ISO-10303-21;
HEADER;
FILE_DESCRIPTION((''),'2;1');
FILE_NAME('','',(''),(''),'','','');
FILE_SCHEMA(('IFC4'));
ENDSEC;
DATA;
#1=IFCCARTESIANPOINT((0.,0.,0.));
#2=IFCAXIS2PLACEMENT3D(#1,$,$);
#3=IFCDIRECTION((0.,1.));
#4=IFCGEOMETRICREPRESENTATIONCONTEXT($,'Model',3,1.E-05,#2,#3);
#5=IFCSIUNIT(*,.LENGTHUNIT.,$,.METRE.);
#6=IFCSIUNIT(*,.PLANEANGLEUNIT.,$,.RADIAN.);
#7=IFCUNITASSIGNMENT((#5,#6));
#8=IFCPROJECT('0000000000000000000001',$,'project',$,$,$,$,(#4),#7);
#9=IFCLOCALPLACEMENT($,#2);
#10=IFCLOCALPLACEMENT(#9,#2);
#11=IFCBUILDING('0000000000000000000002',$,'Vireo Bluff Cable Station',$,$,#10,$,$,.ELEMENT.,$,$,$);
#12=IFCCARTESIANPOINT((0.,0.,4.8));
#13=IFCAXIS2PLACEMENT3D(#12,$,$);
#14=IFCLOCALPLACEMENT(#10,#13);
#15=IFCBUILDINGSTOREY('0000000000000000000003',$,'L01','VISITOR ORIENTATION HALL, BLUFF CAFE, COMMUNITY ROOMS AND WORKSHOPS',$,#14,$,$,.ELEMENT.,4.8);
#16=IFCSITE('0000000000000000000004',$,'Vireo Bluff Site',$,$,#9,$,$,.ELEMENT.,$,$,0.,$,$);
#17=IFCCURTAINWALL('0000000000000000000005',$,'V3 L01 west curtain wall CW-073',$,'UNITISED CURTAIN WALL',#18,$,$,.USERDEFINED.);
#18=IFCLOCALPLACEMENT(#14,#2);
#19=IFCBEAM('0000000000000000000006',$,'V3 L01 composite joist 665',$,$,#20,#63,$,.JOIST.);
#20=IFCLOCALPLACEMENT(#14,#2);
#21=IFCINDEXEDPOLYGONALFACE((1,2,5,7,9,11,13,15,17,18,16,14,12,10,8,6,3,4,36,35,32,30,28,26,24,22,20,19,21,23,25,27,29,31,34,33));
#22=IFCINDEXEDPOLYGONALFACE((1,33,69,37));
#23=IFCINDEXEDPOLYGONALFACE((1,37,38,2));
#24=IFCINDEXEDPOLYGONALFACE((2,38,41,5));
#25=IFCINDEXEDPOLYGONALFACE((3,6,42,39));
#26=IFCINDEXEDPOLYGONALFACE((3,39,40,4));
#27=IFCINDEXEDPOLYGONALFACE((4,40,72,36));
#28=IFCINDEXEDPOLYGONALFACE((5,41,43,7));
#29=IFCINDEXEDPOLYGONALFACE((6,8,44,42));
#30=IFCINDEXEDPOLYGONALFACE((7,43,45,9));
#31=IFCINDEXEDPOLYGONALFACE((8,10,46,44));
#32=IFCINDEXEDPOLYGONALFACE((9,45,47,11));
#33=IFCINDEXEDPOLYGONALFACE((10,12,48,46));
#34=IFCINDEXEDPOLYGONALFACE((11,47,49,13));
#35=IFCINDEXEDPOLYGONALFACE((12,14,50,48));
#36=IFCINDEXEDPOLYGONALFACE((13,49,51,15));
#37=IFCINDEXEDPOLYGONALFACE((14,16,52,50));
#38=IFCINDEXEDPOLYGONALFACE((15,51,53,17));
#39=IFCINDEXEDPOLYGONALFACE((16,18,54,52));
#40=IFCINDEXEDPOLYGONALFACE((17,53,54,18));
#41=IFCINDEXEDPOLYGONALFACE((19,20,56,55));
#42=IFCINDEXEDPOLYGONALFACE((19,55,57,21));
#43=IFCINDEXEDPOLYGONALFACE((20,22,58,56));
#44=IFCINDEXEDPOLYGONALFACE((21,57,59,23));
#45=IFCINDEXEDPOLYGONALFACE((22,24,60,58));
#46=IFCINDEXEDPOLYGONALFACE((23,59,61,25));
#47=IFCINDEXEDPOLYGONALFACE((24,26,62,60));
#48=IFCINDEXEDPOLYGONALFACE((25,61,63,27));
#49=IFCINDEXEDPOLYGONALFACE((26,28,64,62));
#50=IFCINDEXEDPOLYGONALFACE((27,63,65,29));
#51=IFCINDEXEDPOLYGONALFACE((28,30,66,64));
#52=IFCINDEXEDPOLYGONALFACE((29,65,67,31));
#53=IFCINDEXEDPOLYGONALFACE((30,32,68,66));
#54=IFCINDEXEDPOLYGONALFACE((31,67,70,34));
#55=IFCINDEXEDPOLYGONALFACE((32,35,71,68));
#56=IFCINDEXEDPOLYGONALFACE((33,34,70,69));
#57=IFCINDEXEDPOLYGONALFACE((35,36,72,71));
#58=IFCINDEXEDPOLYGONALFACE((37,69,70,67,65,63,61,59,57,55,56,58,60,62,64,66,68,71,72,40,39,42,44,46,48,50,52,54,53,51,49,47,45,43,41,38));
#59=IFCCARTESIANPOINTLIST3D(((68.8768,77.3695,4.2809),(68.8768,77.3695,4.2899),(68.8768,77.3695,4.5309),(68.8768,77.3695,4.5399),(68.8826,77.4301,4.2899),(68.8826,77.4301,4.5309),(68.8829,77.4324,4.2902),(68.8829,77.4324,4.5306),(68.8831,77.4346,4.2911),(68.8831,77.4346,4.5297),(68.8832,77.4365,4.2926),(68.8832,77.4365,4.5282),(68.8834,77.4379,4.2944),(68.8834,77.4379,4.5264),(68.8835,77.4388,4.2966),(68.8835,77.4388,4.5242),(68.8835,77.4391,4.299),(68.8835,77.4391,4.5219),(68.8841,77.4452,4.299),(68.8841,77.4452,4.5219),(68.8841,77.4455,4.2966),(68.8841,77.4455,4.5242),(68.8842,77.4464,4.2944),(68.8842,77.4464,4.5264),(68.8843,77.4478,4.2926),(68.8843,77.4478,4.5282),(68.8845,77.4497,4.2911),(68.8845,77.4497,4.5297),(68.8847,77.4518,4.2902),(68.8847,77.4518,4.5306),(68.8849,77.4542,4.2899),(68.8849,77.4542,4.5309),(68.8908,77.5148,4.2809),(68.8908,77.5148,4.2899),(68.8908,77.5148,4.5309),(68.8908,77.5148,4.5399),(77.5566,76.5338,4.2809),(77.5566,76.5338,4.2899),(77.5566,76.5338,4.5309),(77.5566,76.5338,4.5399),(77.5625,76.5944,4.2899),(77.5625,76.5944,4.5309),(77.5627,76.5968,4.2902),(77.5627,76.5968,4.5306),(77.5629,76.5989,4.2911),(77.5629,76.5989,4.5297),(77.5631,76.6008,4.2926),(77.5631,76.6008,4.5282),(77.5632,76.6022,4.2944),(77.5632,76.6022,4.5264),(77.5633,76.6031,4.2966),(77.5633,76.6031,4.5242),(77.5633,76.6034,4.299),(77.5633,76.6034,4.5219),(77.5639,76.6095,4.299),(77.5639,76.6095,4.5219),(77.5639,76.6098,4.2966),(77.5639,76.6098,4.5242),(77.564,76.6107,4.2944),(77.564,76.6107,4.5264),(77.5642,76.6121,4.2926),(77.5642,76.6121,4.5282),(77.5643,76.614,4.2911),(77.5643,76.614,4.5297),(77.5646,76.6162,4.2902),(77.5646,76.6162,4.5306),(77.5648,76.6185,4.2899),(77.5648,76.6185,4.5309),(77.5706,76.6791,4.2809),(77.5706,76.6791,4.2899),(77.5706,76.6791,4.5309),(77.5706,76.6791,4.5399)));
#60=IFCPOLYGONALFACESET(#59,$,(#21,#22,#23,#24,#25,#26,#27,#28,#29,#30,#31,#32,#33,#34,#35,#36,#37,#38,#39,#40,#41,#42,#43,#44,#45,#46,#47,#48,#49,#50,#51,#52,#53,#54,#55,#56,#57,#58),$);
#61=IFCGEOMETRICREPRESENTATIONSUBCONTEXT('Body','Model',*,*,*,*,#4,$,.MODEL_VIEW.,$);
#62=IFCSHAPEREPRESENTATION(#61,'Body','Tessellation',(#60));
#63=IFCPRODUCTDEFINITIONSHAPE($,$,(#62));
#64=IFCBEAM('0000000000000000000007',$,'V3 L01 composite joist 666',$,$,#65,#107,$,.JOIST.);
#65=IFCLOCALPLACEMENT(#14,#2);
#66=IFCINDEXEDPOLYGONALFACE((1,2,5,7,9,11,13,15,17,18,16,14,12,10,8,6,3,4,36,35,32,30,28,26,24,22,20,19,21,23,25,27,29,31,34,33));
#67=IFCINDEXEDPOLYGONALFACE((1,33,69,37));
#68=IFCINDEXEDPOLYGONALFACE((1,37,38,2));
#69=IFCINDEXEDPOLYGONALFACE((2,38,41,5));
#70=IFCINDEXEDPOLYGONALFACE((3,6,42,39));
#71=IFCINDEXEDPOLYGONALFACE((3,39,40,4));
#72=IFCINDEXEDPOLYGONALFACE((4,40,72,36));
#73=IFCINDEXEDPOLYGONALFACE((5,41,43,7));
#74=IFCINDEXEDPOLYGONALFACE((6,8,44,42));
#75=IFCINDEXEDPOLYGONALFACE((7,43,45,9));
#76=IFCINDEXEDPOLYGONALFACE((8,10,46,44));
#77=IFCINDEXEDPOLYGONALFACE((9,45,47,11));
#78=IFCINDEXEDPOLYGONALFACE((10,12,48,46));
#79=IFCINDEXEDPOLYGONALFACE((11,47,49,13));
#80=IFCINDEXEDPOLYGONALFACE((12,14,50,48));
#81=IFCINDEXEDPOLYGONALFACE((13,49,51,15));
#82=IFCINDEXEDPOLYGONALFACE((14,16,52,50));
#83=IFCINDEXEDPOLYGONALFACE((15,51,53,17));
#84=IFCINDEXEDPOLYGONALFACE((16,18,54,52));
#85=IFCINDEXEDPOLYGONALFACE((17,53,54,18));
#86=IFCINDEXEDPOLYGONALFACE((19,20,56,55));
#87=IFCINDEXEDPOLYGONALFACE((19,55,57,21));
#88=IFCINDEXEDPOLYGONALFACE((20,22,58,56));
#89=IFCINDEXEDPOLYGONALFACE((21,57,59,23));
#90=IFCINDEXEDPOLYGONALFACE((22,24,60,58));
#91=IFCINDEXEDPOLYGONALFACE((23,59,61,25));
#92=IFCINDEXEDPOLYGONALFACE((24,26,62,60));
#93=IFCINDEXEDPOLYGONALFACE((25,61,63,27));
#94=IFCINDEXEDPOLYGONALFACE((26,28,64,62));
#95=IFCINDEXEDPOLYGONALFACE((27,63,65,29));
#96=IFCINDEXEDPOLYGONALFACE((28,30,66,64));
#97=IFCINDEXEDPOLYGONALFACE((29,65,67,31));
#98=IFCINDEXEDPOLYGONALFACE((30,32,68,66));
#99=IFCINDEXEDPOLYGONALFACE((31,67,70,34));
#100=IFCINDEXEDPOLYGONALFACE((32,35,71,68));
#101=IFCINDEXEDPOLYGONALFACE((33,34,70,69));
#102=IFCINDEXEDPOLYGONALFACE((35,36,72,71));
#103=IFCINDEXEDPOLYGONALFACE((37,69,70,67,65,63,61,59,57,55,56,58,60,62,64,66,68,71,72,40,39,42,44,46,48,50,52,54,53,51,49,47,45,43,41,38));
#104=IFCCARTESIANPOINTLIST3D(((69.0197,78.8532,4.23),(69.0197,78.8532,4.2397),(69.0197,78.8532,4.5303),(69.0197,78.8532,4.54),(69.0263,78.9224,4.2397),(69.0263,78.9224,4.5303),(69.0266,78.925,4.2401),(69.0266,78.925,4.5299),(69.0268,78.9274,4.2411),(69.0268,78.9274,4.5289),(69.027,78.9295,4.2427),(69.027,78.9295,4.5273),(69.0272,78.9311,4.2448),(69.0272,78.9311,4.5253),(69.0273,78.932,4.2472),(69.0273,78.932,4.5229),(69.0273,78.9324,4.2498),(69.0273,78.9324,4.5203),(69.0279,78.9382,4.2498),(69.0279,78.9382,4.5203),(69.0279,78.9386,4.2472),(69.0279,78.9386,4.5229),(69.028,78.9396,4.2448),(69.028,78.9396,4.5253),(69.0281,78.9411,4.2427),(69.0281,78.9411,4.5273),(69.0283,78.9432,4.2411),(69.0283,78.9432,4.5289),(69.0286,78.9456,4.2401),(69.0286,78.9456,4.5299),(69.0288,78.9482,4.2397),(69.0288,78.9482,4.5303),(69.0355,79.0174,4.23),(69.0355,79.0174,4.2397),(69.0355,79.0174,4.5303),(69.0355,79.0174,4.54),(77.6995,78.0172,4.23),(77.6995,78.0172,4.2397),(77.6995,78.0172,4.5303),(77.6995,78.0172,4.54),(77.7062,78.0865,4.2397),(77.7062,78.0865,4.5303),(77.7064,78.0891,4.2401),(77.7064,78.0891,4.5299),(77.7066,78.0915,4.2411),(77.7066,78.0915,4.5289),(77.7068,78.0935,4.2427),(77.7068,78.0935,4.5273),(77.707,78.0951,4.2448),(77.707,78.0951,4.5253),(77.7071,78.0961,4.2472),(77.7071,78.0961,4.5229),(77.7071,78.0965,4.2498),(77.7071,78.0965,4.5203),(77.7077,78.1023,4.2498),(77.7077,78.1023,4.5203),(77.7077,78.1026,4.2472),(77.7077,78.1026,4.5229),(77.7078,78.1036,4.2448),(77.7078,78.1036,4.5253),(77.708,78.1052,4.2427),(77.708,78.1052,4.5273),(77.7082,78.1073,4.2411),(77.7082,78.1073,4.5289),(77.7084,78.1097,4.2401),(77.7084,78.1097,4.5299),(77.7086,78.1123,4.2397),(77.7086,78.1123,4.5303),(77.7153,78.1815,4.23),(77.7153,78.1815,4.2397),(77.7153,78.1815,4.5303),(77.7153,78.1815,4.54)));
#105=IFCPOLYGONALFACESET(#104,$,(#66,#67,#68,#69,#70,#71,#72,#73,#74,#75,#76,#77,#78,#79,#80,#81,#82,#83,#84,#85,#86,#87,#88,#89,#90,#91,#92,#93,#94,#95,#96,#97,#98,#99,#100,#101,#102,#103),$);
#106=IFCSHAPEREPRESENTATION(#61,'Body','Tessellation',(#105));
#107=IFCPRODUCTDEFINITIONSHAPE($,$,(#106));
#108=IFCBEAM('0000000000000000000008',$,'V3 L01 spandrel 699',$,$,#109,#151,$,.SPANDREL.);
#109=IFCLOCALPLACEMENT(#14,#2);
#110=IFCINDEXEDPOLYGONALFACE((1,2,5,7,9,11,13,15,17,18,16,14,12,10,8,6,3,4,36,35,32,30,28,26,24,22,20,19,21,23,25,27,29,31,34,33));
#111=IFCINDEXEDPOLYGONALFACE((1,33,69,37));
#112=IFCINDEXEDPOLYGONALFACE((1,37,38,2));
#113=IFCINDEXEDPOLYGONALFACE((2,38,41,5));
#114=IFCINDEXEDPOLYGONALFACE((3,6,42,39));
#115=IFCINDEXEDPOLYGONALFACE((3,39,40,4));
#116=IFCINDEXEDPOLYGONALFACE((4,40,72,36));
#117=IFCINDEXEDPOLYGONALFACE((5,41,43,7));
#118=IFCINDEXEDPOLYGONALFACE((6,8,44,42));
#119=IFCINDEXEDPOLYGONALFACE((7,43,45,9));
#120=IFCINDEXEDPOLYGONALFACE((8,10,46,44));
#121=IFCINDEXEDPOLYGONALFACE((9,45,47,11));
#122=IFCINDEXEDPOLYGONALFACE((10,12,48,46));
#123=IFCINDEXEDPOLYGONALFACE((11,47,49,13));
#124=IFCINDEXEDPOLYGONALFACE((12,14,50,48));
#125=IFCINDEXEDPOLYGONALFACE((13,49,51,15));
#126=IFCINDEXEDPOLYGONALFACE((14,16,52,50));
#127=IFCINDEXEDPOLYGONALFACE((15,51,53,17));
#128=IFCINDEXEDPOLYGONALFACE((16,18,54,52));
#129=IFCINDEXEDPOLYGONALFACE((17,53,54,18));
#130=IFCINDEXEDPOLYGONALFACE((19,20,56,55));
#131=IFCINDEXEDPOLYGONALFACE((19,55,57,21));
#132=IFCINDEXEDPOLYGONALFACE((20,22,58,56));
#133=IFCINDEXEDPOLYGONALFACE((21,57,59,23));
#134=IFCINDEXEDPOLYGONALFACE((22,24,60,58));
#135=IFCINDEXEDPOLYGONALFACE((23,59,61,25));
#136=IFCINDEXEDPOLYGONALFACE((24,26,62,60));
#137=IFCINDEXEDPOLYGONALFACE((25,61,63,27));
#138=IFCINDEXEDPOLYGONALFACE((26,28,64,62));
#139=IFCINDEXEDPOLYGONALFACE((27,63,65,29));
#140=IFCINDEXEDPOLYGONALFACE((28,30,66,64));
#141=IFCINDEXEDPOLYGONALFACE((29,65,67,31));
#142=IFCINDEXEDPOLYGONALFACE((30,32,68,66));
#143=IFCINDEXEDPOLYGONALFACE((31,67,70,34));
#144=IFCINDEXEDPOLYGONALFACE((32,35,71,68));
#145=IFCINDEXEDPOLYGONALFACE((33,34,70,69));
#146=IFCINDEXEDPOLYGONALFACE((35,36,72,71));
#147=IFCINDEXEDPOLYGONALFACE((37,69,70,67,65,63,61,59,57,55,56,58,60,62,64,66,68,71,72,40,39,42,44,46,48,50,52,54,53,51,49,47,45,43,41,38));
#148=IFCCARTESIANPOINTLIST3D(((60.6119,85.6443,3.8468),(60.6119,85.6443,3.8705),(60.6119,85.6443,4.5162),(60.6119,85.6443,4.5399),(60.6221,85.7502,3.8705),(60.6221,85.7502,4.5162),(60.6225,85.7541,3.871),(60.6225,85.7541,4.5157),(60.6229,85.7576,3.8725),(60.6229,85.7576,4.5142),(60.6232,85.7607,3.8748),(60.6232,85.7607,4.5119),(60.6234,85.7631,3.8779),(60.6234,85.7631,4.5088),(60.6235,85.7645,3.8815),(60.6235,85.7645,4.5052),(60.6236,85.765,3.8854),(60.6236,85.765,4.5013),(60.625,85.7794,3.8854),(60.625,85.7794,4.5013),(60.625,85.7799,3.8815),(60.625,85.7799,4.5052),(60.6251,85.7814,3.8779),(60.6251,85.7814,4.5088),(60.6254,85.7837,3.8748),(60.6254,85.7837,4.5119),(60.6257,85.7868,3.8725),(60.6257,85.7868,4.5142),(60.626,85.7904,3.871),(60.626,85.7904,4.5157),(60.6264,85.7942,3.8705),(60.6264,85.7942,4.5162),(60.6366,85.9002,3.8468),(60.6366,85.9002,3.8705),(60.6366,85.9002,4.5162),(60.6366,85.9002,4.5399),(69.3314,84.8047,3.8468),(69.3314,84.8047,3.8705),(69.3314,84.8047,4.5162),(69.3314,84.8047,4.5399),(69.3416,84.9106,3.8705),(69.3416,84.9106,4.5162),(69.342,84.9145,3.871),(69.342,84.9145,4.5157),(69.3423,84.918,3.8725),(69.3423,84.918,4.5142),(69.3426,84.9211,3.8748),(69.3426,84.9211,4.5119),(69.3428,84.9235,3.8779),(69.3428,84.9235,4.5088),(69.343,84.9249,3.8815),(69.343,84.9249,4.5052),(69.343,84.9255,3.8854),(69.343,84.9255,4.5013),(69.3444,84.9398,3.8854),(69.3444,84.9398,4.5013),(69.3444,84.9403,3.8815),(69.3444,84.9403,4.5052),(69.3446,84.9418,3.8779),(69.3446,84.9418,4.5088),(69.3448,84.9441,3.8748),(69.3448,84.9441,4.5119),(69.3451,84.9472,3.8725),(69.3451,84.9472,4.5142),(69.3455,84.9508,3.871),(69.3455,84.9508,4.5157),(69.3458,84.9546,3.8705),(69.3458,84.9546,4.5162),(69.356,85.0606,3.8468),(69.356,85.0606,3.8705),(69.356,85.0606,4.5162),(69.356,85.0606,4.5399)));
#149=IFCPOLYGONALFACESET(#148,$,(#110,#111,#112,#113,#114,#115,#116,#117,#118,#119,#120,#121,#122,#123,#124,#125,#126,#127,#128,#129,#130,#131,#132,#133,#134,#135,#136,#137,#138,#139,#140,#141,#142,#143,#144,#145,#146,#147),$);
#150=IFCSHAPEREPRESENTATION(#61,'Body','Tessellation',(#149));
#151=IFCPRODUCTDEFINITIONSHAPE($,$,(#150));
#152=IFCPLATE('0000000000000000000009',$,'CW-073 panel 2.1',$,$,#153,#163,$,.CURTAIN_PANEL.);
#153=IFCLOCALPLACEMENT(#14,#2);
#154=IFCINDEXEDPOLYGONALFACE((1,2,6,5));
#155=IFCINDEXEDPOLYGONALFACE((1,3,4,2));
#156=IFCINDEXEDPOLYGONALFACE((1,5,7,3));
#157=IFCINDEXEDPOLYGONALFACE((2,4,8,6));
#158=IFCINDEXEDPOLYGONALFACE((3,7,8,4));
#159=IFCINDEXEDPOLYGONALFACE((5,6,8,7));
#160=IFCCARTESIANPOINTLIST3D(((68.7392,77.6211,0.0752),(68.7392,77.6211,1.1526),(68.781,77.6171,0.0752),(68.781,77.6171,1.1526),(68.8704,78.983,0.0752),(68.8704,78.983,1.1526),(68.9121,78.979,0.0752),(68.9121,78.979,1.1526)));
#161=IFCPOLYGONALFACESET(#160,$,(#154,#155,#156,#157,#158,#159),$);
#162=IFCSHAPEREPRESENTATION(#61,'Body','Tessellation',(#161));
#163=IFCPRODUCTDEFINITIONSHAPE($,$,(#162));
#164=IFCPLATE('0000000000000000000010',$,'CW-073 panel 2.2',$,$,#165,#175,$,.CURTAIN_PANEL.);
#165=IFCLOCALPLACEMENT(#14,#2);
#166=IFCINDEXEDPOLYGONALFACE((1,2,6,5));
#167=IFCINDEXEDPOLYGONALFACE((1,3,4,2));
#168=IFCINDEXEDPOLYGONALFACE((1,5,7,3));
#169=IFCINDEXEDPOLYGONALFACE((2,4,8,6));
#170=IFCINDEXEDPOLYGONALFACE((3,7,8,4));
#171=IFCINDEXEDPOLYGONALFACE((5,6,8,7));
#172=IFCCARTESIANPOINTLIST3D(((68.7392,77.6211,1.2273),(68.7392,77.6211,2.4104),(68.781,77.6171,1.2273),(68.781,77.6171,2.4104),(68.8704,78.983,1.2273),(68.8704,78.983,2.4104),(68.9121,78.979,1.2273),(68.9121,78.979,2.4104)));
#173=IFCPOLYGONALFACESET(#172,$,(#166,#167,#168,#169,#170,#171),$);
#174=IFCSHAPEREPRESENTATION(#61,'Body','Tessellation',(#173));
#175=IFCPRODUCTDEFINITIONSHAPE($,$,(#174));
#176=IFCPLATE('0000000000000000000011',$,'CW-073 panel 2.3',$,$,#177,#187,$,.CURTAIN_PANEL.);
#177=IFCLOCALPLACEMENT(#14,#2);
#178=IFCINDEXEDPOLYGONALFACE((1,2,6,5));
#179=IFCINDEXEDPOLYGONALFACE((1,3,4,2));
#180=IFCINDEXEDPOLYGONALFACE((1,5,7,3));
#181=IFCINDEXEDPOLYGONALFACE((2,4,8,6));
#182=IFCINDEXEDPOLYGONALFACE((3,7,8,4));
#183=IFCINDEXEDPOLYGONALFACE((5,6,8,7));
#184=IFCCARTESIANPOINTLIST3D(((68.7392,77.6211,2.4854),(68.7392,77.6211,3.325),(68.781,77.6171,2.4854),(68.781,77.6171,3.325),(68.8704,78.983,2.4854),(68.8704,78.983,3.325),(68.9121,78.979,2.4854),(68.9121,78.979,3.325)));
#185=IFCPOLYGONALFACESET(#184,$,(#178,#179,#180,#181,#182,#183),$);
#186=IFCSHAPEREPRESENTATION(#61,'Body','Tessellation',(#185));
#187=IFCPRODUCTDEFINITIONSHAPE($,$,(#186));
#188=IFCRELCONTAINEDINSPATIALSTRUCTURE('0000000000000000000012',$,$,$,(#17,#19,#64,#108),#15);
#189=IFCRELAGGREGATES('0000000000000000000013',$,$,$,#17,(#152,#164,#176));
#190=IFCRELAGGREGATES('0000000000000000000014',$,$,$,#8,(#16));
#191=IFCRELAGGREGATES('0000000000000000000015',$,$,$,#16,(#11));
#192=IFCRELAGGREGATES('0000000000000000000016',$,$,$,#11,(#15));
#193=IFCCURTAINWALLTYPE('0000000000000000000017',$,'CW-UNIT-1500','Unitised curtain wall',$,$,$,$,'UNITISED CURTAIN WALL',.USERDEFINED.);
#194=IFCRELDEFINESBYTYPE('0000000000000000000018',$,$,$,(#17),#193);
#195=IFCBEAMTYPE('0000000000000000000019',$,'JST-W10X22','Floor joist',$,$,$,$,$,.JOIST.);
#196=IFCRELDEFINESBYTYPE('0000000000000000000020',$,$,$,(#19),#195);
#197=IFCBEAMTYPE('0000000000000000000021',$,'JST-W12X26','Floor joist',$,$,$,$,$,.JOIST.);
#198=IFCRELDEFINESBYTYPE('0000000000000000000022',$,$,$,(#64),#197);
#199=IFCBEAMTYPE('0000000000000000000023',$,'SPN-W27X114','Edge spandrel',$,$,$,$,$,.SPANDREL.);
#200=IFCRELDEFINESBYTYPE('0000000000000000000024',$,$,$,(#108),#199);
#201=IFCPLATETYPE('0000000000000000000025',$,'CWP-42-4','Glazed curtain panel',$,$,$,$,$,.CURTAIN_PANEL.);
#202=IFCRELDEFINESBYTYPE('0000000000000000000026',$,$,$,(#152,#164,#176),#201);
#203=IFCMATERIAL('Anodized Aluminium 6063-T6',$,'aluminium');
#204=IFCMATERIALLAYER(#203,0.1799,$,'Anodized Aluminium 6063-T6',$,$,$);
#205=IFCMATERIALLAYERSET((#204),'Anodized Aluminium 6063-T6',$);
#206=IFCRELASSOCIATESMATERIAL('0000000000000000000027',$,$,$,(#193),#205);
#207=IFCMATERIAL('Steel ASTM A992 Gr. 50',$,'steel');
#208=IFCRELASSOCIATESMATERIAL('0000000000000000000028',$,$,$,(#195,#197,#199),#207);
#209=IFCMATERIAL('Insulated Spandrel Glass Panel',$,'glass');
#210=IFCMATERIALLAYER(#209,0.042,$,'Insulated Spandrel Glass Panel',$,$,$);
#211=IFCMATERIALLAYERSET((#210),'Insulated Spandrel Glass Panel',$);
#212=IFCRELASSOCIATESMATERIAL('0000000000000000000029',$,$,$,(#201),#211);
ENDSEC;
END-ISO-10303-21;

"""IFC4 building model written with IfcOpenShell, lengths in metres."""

from ifc_helpers import new_model, si_unit, direction, frame, origin, origin_2d, place, context, subcontext, project, spatial, rectangle, i_section, extrude, material, layer, layer_set, material_profile, profile_set, type_object, element, aggregate, save


model = new_model("IFC4")

# Units and contexts
model_context = context("Model", 3, precision=1e-05, world=origin(), true_north=direction((0.0, 1.0)))
body_context = subcontext(model_context, "Body", "Model", "MODEL_VIEW")
ifc_project = project(units=[si_unit("LENGTHUNIT", "METRE"), si_unit("PLANEANGLEUNIT", "RADIAN")], contexts=[model_context])

# Site, building, storey
site_placement = place(None, origin())
site = spatial("IfcSite", under=ifc_project, at=site_placement, Name="Vireo Bluff Site", CompositionType="ELEMENT", RefElevation=0.0)
building_placement = place(site_placement, origin())
building = spatial("IfcBuilding", under=site, at=building_placement, Name="Vireo Bluff Cable Station", CompositionType="ELEMENT")
storey_placement = place(building_placement, frame((0.0, 0.0, 4.8)))
storey = spatial("IfcBuildingStorey", under=building, at=storey_placement, Name="L01", Description="VISITOR ORIENTATION HALL, BLUFF CAFE, COMMUNITY ROOMS AND WORKSHOPS", CompositionType="ELEMENT", Elevation=4.8)

# Curtain wall
ifc_material_1 = material(Name="Anodized Aluminium 6063-T6", Category="aluminium")
ifc_layer_1 = layer(ifc_material_1, 0.1799, Name="Anodized Aluminium 6063-T6")
ifc_layer_set_1 = layer_set([ifc_layer_1], Name="Anodized Aluminium 6063-T6")
curtain_wall_type = type_object("IfcCurtainWallType", Name="CW-UNIT-1500", Description="Unitised curtain wall", ElementType="UNITISED CURTAIN WALL", PredefinedType="USERDEFINED", material=ifc_layer_set_1)
curtain_wall_placement = place(storey_placement, origin())
curtain_wall = element("IfcCurtainWall", 1, at=curtain_wall_placement, inside=storey, type_object=curtain_wall_type, Name="V3 L01 west curtain wall CW-073", ObjectType="UNITISED CURTAIN WALL", PredefinedType="USERDEFINED")

# Beams
ifc_material_2 = material(Name="Steel ASTM A992 Gr. 50", Category="steel")
ifc_material_profile_1 = material_profile(ifc_material_2, i_section(OverallWidth=0.146, OverallDepth=0.259, WebThickness=0.0061, FlangeThickness=0.009, FilletRadius=0.009, at=origin_2d()), Name="W10X22")
ifc_profile_set_1 = profile_set([ifc_material_profile_1], Name="Steel ASTM A992 Gr. 50")
beam_type_1 = type_object("IfcBeamType", Name="JST-W10X22", Description="Floor joist", PredefinedType="JOIST", material=ifc_profile_set_1)
beam_1_placement = place(storey_placement, frame((68.8838, 77.4421, 4.4104), z_axis=(0.995397, -0.095836, 0.0), x_axis=(0.095836, 0.995397, 0.0)))
element("IfcBeam", 2, at=beam_1_placement, inside=storey, type_object=beam_type_1, Name="V3 L01 composite joist 665", PredefinedType="JOIST", context=body_context, shape_type="SweptSolid", body=[
    extrude(i_section(OverallWidth=0.146, OverallDepth=0.259, WebThickness=0.0061, FlangeThickness=0.009, FilletRadius=0.009, at=origin_2d()), origin(), (0.0, 0.0, 1.0), 8.72),
])
ifc_material_profile_2 = material_profile(ifc_material_2, i_section(OverallWidth=0.165, OverallDepth=0.3101, WebThickness=0.0059, FlangeThickness=0.0098, FilletRadius=0.01, at=origin_2d()), Name="W12X26")
ifc_profile_set_2 = profile_set([ifc_material_profile_2], Name="Steel ASTM A992 Gr. 50")
beam_type_2 = type_object("IfcBeamType", Name="JST-W12X26", Description="Floor joist", PredefinedType="JOIST", material=ifc_profile_set_2)
beam_2_placement = place(storey_placement, frame((69.0276, 78.9353, 4.385), z_axis=(0.995395, -0.095863, 0.0), x_axis=(0.095863, 0.995395, 0.0)))
element("IfcBeam", 3, at=beam_2_placement, inside=storey, type_object=beam_type_2, Name="V3 L01 composite joist 666", PredefinedType="JOIST", context=body_context, shape_type="SweptSolid", body=[
    extrude(i_section(OverallWidth=0.165, OverallDepth=0.3101, WebThickness=0.0059, FlangeThickness=0.0098, FilletRadius=0.01, at=origin_2d()), origin(), (0.0, 0.0, 1.0), 8.72),
])
ifc_material_profile_3 = material_profile(ifc_material_2, i_section(OverallWidth=0.2571, OverallDepth=0.6931, WebThickness=0.0144, FlangeThickness=0.0237, FilletRadius=0.0149, at=origin_2d()), Name="W27X114")
ifc_profile_set_3 = profile_set([ifc_material_profile_3], Name="Steel ASTM A992 Gr. 50")
beam_type_3 = type_object("IfcBeamType", Name="SPN-W27X114", Description="Edge spandrel", PredefinedType="SPANDREL", material=ifc_profile_set_3)
beam_3_placement = place(storey_placement, frame((60.6243, 85.7722, 4.1934), z_axis=(0.995396, -0.095847, 0.0), x_axis=(0.095847, 0.995396, 0.0)))
element("IfcBeam", 4, at=beam_3_placement, inside=storey, type_object=beam_type_3, Name="V3 L01 spandrel 699", PredefinedType="SPANDREL", context=body_context, shape_type="SweptSolid", body=[
    extrude(i_section(OverallWidth=0.2571, OverallDepth=0.6931, WebThickness=0.0144, FlangeThickness=0.0237, FilletRadius=0.0149, at=origin_2d()), origin(), (0.0, 0.0, 1.0), 8.7598),
])

# Plates
ifc_material_3 = material(Name="Insulated Spandrel Glass Panel", Category="glass")
ifc_layer_2 = layer(ifc_material_3, 0.042, Name="Insulated Spandrel Glass Panel")
ifc_layer_set_2 = layer_set([ifc_layer_2], Name="Insulated Spandrel Glass Panel")
plate_type_1 = type_object("IfcPlateType", Name="CWP-42-4", Description="Glazed curtain panel", PredefinedType="CURTAIN_PANEL", material=ifc_layer_set_2)
plate_1_placement = place(storey_placement, frame((68.8257, 78.3, 0.0752), z_axis=(0.0, 0.0, 1.0), x_axis=(0.095846, 0.995396, 0.0)))
plate_1 = element("IfcPlate", 5, at=plate_1_placement, type_object=plate_type_1, Name="CW-073 panel 2.1", PredefinedType="CURTAIN_PANEL", context=body_context, shape_type="SweptSolid", body=[
    extrude(rectangle(XDim=1.3682, YDim=0.042, at=origin_2d()), origin(), (0.0, 0.0, 1.0), 1.0774),
])
plate_2_placement = place(storey_placement, frame((68.8257, 78.3, 1.2273), z_axis=(0.0, 0.0, 1.0), x_axis=(0.095846, 0.995396, 0.0)))
plate_2 = element("IfcPlate", 6, at=plate_2_placement, type_object=plate_type_1, Name="CW-073 panel 2.2", PredefinedType="CURTAIN_PANEL", context=body_context, shape_type="SweptSolid", body=[
    extrude(rectangle(XDim=1.3682, YDim=0.042, at=origin_2d()), origin(), (0.0, 0.0, 1.0), 1.1831),
])
plate_3_placement = place(storey_placement, frame((68.8257, 78.3, 2.4854), z_axis=(0.0, 0.0, 1.0), x_axis=(0.095846, 0.995396, 0.0)))
plate_3 = element("IfcPlate", 7, at=plate_3_placement, type_object=plate_type_1, Name="CW-073 panel 2.3", PredefinedType="CURTAIN_PANEL", context=body_context, shape_type="SweptSolid", body=[
    extrude(rectangle(XDim=1.3682, YDim=0.042, at=origin_2d()), origin(), (0.0, 0.0, 1.0), 0.8396),
])
aggregate(curtain_wall, [plate_1, plate_2, plate_3])

save(model, "model.ifc")
